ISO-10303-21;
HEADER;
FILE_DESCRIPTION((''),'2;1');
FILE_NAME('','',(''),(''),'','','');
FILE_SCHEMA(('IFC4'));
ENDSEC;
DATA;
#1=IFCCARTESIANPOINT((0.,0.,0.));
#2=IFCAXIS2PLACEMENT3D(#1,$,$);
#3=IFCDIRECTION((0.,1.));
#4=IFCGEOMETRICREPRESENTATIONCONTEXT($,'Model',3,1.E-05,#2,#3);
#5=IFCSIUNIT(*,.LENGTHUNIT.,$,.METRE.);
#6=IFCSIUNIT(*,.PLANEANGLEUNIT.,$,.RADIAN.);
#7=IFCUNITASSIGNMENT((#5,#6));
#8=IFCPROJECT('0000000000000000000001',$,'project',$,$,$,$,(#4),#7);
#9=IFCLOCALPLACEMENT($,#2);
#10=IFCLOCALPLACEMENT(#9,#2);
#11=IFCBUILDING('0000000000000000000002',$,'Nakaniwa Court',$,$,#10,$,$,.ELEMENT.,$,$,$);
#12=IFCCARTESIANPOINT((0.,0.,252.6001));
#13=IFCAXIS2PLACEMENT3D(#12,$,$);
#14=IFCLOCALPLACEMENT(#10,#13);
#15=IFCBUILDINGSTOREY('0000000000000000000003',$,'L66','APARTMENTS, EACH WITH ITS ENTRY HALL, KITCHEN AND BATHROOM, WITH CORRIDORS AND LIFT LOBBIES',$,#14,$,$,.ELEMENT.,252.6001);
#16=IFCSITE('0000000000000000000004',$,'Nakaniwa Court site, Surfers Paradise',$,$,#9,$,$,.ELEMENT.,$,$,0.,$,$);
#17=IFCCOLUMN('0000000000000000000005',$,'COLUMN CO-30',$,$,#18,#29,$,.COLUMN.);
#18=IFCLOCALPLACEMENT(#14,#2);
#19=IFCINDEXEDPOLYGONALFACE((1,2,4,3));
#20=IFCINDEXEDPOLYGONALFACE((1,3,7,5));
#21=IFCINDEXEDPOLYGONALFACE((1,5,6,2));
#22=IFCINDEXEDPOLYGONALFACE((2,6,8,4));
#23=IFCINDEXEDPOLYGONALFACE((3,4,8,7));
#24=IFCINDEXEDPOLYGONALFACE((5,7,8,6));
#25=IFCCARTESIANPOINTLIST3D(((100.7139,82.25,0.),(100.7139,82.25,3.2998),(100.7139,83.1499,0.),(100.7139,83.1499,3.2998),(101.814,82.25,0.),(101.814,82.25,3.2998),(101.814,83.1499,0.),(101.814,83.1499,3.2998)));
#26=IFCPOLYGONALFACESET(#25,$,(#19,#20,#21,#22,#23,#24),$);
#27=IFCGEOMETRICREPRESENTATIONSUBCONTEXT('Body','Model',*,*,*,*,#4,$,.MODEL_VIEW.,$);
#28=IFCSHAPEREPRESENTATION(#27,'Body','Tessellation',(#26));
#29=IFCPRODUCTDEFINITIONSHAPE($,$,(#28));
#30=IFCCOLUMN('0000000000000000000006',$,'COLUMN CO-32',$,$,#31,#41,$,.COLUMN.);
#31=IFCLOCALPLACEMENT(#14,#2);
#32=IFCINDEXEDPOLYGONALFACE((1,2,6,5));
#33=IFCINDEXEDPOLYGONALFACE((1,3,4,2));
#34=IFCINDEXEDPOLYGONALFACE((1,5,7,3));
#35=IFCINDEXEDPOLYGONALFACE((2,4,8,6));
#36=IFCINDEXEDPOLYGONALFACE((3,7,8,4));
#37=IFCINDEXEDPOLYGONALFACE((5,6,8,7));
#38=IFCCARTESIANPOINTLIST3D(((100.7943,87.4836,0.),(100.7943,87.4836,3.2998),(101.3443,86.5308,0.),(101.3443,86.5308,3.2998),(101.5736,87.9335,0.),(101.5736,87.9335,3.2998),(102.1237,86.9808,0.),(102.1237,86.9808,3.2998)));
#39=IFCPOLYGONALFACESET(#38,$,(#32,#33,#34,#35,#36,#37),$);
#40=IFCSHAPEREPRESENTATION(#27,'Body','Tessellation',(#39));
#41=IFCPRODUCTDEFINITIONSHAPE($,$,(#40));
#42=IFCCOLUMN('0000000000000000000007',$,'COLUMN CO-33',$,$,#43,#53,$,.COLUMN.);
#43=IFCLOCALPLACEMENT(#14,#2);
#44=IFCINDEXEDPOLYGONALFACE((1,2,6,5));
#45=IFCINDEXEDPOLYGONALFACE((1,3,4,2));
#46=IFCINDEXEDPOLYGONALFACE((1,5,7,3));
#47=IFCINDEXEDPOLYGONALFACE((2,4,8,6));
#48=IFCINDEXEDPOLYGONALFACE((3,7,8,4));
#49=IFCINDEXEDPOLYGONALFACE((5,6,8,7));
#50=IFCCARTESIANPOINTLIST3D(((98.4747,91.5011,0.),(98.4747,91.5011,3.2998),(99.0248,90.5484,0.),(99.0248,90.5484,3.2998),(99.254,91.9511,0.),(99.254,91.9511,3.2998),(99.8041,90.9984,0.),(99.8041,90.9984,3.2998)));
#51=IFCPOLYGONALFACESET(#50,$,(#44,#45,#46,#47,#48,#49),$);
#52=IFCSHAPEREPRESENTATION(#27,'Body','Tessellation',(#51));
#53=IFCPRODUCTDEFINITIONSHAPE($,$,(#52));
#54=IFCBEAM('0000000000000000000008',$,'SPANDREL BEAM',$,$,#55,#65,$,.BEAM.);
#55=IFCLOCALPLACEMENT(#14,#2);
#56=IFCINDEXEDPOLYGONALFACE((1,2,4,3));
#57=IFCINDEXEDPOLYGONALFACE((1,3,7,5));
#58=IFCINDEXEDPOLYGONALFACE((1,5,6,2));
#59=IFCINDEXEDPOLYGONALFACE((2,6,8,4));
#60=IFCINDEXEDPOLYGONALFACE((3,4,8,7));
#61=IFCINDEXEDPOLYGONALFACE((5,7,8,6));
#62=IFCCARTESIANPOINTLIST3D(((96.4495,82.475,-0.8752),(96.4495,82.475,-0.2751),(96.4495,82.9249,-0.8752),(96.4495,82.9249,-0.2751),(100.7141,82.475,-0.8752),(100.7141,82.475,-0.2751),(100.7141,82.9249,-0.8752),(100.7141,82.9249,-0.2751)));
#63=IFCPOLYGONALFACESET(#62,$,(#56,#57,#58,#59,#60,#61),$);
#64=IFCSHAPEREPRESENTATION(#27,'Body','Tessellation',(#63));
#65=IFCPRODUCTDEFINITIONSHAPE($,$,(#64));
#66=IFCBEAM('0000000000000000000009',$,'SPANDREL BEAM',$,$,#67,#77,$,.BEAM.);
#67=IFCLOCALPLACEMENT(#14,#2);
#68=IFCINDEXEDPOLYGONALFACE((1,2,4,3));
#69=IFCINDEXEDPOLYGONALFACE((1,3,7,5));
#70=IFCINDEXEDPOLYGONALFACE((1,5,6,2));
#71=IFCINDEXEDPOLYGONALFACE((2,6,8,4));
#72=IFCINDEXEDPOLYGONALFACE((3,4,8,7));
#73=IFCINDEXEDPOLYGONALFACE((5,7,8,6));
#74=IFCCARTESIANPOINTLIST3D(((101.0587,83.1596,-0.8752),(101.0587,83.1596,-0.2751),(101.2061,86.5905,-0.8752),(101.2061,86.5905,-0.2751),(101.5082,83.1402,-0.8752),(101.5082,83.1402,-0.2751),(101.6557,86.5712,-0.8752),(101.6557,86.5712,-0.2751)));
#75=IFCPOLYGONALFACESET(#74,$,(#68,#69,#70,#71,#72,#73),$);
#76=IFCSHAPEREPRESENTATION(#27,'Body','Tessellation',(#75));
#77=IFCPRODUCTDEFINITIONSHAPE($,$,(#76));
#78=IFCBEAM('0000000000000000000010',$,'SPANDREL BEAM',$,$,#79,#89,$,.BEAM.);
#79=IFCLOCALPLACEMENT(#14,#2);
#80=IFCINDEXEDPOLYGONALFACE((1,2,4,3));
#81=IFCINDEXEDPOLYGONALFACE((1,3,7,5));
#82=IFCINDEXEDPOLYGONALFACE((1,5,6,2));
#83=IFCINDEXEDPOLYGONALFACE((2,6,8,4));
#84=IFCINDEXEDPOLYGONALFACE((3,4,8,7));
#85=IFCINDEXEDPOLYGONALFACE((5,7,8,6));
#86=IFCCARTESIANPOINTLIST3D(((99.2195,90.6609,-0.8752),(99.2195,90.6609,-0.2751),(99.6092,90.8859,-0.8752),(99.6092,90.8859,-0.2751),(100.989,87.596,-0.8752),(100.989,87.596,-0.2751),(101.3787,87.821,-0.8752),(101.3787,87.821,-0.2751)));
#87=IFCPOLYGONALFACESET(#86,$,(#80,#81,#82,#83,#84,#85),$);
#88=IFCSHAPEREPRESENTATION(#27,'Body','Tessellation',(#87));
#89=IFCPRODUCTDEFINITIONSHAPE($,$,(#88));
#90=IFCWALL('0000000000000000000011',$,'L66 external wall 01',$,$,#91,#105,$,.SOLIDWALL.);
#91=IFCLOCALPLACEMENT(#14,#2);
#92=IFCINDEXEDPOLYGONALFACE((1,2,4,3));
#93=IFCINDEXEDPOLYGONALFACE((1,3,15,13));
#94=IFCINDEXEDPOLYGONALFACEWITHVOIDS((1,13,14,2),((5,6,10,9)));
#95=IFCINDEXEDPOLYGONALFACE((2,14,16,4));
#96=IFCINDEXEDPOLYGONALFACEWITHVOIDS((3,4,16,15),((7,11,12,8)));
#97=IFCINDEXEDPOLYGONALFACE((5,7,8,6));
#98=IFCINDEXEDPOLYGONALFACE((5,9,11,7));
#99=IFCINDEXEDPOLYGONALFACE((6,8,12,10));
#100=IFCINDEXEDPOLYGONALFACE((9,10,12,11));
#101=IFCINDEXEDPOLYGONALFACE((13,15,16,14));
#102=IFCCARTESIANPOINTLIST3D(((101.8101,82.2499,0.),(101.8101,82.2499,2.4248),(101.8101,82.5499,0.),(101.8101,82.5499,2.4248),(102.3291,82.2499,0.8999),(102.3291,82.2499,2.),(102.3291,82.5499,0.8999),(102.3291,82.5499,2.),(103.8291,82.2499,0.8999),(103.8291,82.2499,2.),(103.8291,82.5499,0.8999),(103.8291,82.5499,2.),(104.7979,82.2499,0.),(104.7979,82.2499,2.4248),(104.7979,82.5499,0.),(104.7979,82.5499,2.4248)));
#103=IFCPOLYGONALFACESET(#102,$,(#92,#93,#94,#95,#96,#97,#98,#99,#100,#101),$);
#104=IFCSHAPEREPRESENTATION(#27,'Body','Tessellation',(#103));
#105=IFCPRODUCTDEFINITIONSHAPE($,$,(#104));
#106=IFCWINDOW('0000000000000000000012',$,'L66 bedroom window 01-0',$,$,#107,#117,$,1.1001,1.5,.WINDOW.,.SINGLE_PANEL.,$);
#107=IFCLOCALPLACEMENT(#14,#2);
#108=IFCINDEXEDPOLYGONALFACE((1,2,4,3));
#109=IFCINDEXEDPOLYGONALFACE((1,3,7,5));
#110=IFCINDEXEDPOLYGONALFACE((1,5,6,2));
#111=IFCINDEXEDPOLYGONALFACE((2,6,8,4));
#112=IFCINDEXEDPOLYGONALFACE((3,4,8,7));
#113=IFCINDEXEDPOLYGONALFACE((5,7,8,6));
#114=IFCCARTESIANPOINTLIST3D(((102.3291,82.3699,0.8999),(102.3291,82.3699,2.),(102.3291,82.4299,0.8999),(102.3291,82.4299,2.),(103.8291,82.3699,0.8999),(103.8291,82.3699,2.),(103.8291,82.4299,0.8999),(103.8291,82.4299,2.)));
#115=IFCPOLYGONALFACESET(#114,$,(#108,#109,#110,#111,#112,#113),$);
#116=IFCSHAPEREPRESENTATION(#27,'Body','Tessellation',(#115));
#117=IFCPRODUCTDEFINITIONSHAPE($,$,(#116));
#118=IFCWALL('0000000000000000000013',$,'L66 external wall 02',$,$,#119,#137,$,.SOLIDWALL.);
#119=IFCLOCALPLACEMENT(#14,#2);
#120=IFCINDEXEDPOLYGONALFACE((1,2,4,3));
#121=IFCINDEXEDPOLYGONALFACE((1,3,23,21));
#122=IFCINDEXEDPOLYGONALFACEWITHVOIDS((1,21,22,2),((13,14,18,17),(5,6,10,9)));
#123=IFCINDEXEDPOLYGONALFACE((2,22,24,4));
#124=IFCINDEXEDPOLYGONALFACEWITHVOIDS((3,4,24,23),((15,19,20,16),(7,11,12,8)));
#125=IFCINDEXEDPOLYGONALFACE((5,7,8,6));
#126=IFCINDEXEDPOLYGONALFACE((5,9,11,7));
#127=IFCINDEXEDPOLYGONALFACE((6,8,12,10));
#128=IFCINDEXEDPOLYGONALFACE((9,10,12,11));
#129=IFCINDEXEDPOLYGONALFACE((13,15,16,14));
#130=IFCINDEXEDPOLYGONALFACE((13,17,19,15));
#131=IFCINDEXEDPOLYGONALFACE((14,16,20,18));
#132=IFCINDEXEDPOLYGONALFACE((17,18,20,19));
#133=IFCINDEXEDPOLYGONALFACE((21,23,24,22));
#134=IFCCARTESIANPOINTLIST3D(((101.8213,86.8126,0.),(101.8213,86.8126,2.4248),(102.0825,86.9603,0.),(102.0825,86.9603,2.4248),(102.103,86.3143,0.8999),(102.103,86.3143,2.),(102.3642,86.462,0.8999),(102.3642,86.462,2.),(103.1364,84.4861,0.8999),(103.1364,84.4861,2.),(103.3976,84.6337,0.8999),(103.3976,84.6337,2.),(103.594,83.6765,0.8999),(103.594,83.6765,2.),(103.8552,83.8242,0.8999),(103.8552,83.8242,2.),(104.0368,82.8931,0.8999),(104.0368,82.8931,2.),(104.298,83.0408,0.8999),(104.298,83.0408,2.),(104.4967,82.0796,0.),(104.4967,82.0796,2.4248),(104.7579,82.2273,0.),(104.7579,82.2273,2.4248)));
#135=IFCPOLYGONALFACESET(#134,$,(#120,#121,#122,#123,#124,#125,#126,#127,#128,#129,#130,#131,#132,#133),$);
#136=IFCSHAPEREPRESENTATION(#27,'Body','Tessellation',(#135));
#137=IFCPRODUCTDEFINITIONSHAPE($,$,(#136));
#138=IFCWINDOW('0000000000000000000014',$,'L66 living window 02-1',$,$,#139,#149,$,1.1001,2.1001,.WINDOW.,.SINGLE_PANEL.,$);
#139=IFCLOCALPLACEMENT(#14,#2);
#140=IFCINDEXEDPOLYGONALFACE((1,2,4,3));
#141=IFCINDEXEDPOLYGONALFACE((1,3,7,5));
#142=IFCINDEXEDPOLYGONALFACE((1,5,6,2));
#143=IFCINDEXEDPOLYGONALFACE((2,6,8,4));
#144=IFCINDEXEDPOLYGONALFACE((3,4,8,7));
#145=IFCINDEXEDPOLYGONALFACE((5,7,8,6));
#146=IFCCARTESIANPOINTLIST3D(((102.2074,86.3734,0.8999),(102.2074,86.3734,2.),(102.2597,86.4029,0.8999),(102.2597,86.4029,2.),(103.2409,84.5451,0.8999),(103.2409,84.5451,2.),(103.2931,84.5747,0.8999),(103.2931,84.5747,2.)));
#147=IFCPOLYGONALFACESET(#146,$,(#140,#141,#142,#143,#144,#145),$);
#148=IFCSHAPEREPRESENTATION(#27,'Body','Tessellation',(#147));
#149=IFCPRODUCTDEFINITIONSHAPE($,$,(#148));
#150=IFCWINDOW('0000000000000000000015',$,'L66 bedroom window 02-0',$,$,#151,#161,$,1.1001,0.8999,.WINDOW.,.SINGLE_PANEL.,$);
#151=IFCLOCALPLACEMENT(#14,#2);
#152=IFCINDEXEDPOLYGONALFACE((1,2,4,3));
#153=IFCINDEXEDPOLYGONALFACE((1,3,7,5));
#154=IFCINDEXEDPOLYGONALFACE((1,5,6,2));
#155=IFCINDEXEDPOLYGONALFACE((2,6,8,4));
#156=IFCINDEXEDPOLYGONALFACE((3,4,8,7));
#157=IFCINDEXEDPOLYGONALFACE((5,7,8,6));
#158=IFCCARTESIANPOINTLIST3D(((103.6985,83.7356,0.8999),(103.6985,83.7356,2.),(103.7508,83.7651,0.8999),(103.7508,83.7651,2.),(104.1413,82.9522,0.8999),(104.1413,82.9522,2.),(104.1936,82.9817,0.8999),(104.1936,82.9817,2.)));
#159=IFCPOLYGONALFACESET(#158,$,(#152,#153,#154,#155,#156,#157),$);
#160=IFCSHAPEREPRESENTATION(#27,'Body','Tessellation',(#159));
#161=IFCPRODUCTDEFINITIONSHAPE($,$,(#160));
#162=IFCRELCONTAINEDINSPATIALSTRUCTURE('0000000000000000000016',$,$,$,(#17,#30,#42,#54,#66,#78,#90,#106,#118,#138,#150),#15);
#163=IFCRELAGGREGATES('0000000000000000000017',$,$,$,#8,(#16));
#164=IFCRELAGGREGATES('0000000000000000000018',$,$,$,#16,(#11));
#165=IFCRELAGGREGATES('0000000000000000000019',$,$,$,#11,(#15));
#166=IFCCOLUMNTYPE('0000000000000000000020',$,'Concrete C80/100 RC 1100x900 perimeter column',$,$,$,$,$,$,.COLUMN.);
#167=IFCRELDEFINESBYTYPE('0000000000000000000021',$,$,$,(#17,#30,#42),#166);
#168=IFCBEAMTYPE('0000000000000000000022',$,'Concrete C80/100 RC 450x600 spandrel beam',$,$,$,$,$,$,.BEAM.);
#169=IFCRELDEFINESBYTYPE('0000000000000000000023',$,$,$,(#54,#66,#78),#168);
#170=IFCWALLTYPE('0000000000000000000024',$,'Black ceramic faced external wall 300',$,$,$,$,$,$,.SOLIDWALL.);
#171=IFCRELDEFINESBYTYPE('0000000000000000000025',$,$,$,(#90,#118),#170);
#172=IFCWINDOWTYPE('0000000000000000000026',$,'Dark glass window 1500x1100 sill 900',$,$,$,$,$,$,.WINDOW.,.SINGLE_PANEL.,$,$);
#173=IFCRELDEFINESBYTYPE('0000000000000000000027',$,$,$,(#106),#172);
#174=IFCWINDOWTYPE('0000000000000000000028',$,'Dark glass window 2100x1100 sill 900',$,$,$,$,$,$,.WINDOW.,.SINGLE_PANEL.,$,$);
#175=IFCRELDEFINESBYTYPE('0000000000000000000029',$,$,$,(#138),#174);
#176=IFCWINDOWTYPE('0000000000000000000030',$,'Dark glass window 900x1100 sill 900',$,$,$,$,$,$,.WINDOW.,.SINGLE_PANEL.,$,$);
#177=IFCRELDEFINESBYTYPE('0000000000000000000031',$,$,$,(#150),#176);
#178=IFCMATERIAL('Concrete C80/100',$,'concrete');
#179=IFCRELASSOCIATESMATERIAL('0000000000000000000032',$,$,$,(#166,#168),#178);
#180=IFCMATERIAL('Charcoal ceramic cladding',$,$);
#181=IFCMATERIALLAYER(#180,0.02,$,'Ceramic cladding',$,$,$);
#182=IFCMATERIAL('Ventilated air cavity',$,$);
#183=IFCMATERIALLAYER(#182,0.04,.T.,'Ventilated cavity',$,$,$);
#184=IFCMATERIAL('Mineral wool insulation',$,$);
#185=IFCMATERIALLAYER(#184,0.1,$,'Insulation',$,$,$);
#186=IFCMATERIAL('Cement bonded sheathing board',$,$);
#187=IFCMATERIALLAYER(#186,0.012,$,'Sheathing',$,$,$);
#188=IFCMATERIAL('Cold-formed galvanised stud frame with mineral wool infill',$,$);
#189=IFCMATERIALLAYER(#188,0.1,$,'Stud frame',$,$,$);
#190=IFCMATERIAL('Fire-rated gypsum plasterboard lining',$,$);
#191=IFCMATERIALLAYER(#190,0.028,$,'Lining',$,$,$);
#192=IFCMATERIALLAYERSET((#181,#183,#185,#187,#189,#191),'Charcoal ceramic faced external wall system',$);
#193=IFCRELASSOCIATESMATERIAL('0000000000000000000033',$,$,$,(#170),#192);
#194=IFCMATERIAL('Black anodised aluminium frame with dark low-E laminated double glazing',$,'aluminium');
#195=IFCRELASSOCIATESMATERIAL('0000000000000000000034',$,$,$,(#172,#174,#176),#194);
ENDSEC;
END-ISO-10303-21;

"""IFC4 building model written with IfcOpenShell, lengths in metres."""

from ifc_helpers import new_model, si_unit, direction, frame, frame_2d, origin, origin_2d, place, context, subcontext, project, spatial, rectangle, extrude, material, layer, layer_set, material_profile, profile_set, type_object, element, fill, save


model = new_model("IFC4")

# Units and contexts
model_context = context("Model", 3, precision=1e-05, world=origin(), true_north=direction((0.0, 1.0)))
body_context = subcontext(model_context, "Body", "Model", "MODEL_VIEW")
ifc_project = project(units=[si_unit("LENGTHUNIT", "METRE"), si_unit("PLANEANGLEUNIT", "RADIAN")], contexts=[model_context])

# Site, building, storey
site_placement = place(None, origin())
site = spatial("IfcSite", under=ifc_project, at=site_placement, Name="Nakaniwa Court site, Surfers Paradise", CompositionType="ELEMENT", RefElevation=0.0)
building_placement = place(site_placement, origin())
building = spatial("IfcBuilding", under=site, at=building_placement, Name="Nakaniwa Court", CompositionType="ELEMENT")
storey_placement = place(building_placement, frame((0.0, 0.0, 252.6001)))
storey = spatial("IfcBuildingStorey", under=building, at=storey_placement, Name="L66", Description="APARTMENTS, EACH WITH ITS ENTRY HALL, KITCHEN AND BATHROOM, WITH CORRIDORS AND LIFT LOBBIES", CompositionType="ELEMENT", Elevation=252.6001)

# Columns
ifc_material_1 = material(Name="Concrete C80/100", Category="concrete")
ifc_material_profile_1 = material_profile(ifc_material_1, rectangle(XDim=1.1001, YDim=0.8999, at=origin_2d()), Name="Concrete C80/100 RC 1100x900 perimeter column")
ifc_profile_set_1 = profile_set([ifc_material_profile_1], Name="Concrete C80/100")
column_type = type_object("IfcColumnType", Name="Concrete C80/100 RC 1100x900 perimeter column", PredefinedType="COLUMN", material=ifc_profile_set_1)
for number, where, z_axis, x_axis, name in (
    (1, (101.2639, 82.7, 0.0), (0.0, 0.0, 1.0), (1.0, 0.0, 0.0), "COLUMN CO-30"),
    (2, (101.459, 87.2322, 0.0), (0.0, 0.0, 1.0), (-0.5, 0.866025, 0.0), "COLUMN CO-32"),
    (3, (99.1394, 91.2498, 0.0), (0.0, 0.0, 1.0), (-0.5, 0.866025, 0.0), "COLUMN CO-33"),
):
    element("IfcColumn", number, at=place(storey_placement, frame(where, z_axis=z_axis, x_axis=x_axis)), inside=storey, type_object=column_type, Name=name, PredefinedType="COLUMN", context=body_context, shape_type="SweptSolid", body=[
        extrude(rectangle(XDim=1.1001, YDim=0.8999, at=origin_2d()), origin(), (0.0, 0.0, 1.0), 3.2998),
    ])

# Beams
ifc_material_profile_2 = material_profile(ifc_material_1, rectangle(XDim=0.45, YDim=0.6001, at=origin_2d()), Name="Concrete C80/100 RC 450x600 spandrel beam")
ifc_profile_set_2 = profile_set([ifc_material_profile_2], Name="Concrete C80/100")
beam_type = type_object("IfcBeamType", Name="Concrete C80/100 RC 450x600 spandrel beam", PredefinedType="BEAM", material=ifc_profile_set_2)
beam_1_placement = place(storey_placement, frame((96.4495, 82.7, -0.5752), z_axis=(1.0, 0.0, 0.0), x_axis=(0.0, 1.0, 0.0)))
element("IfcBeam", 4, at=beam_1_placement, inside=storey, type_object=beam_type, Name="SPANDREL BEAM", PredefinedType="BEAM", context=body_context, shape_type="SweptSolid", body=[
    extrude(rectangle(XDim=0.45, YDim=0.6001, at=origin_2d()), origin(), (0.0, 0.0, 1.0), 4.2646),
])
beam_2_placement = place(storey_placement, frame((101.2834, 83.1499, -0.5752), z_axis=(0.042941, 0.999078, 0.0), x_axis=(-0.999078, 0.042941, 0.0)))
element("IfcBeam", 5, at=beam_2_placement, inside=storey, type_object=beam_type, Name="SPANDREL BEAM", PredefinedType="BEAM", context=body_context, shape_type="SweptSolid", body=[
    extrude(rectangle(XDim=0.45, YDim=0.6001, at=origin_2d()), origin(), (0.0, 0.0, 1.0), 3.4341),
])
beam_3_placement = place(storey_placement, frame((101.1838, 87.7085, -0.5752), z_axis=(-0.499997, 0.866027, 0.0), x_axis=(-0.866027, -0.499997, 0.0)))
element("IfcBeam", 6, at=beam_3_placement, inside=storey, type_object=beam_type, Name="SPANDREL BEAM", PredefinedType="BEAM", context=body_context, shape_type="SweptSolid", body=[
    extrude(rectangle(XDim=0.45, YDim=0.6001, at=origin_2d()), origin(), (0.0, 0.0, 1.0), 3.5391),
])

# Wall, opening, window
ifc_material_2 = material(Name="Charcoal ceramic cladding")
ifc_layer_1 = layer(ifc_material_2, 0.02, Name="Ceramic cladding")
ifc_material_3 = material(Name="Ventilated air cavity")
ifc_layer_2 = layer(ifc_material_3, 0.04, ventilated=True, Name="Ventilated cavity")
ifc_material_4 = material(Name="Mineral wool insulation")
ifc_layer_3 = layer(ifc_material_4, 0.1, Name="Insulation")
ifc_material_5 = material(Name="Cement bonded sheathing board")
ifc_layer_4 = layer(ifc_material_5, 0.012, Name="Sheathing")
ifc_material_6 = material(Name="Cold-formed galvanised stud frame with mineral wool infill")
ifc_layer_5 = layer(ifc_material_6, 0.1, Name="Stud frame")
ifc_material_7 = material(Name="Fire-rated gypsum plasterboard lining")
ifc_layer_6 = layer(ifc_material_7, 0.028, Name="Lining")
ifc_layer_set = layer_set([ifc_layer_1, ifc_layer_2, ifc_layer_3, ifc_layer_4, ifc_layer_5, ifc_layer_6], Name="Charcoal ceramic faced external wall system")
wall_type = type_object("IfcWallType", Name="Black ceramic faced external wall 300", PredefinedType="SOLIDWALL", material=ifc_layer_set)
wall_1_placement = place(storey_placement, frame((101.8101, 82.3999, 0.0), z_axis=(0.0, 0.0, 1.0), x_axis=(1.0, 0.0, 0.0)))
wall_1 = element("IfcWall", 7, at=wall_1_placement, inside=storey, type_object=wall_type, Name="L66 external wall 01", PredefinedType="SOLIDWALL", context=body_context, shape_type="SweptSolid", body=[
    extrude(rectangle(XDim=2.9878, YDim=0.3, at=frame_2d((1.4939, 0.0))), origin(), (0.0, 0.0, 1.0), 2.4248),
])
opening_1_placement = place(wall_1_placement, frame((0.519, 0.0, 0.8999)))
opening_1 = element("IfcOpeningElement", 8, at=opening_1_placement, cuts=wall_1, PredefinedType="OPENING", context=body_context, shape_type="SweptSolid", body=[
    extrude(rectangle(XDim=1.5, YDim=1.1001, at=frame_2d((0.75, 0.55))), frame((0.0, 0.1599, 0.0), z_axis=(0.0, -1.0, 0.0), x_axis=(1.0, 0.0, 0.0)), (0.0, 0.0, 1.0), 0.3201),
])
ifc_material_8 = material(Name="Black anodised aluminium frame with dark low-E laminated double glazing", Category="aluminium")
window_type_1 = type_object("IfcWindowType", Name="Dark glass window 1500x1100 sill 900", PartitioningType="SINGLE_PANEL", PredefinedType="WINDOW", material=ifc_material_8)
window_1_placement = place(opening_1_placement, origin())
window_1 = element("IfcWindow", 9, at=window_1_placement, inside=storey, type_object=window_type_1, Name="L66 bedroom window 01-0", OverallHeight=1.1001, OverallWidth=1.5, PartitioningType="SINGLE_PANEL", PredefinedType="WINDOW", context=body_context, shape_type="SweptSolid", body=[
    extrude(rectangle(XDim=1.5, YDim=1.1001, at=frame_2d((0.75, 0.55))), frame((0.0, 0.03, 0.0), z_axis=(0.0, -1.0, 0.0), x_axis=(1.0, 0.0, 0.0)), (0.0, 0.0, 1.0), 0.0601),
])
fill(opening_1, window_1)

# Wall, openings, windows
wall_2_placement = place(storey_placement, frame((104.6272, 82.1536, 0.0), z_axis=(0.0, 0.0, 1.0), x_axis=(-0.492081, 0.870549, 0.0)))
wall_2 = element("IfcWall", 10, at=wall_2_placement, inside=storey, type_object=wall_type, Name="L66 external wall 02", PredefinedType="SOLIDWALL", context=body_context, shape_type="SweptSolid", body=[
    extrude(rectangle(XDim=5.4368, YDim=0.3, at=frame_2d((2.7183, 0.0))), origin(), (0.0, 0.0, 1.0), 2.4248),
])
opening_2_placement = place(wall_2_placement, frame((0.9343, 0.0, 0.8999)))
opening_2 = element("IfcOpeningElement", 11, at=opening_2_placement, cuts=wall_2, PredefinedType="OPENING", context=body_context, shape_type="SweptSolid", body=[
    extrude(rectangle(XDim=0.8999, YDim=1.1001, at=frame_2d((0.45, 0.55))), frame((0.0, 0.1599, 0.0), z_axis=(0.0, -1.0, 0.0), x_axis=(1.0, 0.0, 0.0)), (0.0, 0.0, 1.0), 0.3201),
])
opening_3_placement = place(wall_2_placement, frame((2.7642, 0.0, 0.8999)))
opening_3 = element("IfcOpeningElement", 12, at=opening_3_placement, cuts=wall_2, PredefinedType="OPENING", context=body_context, shape_type="SweptSolid", body=[
    extrude(rectangle(XDim=2.1001, YDim=1.1001, at=frame_2d((1.05, 0.55))), frame((0.0, 0.1599, 0.0), z_axis=(0.0, -1.0, 0.0), x_axis=(1.0, 0.0, 0.0)), (0.0, 0.0, 1.0), 0.3201),
])
window_type_2 = type_object("IfcWindowType", Name="Dark glass window 2100x1100 sill 900", PartitioningType="SINGLE_PANEL", PredefinedType="WINDOW", material=ifc_material_8)
window_2_placement = place(opening_3_placement, origin())
window_2 = element("IfcWindow", 13, at=window_2_placement, inside=storey, type_object=window_type_2, Name="L66 living window 02-1", OverallHeight=1.1001, OverallWidth=2.1001, PartitioningType="SINGLE_PANEL", PredefinedType="WINDOW", context=body_context, shape_type="SweptSolid", body=[
    extrude(rectangle(XDim=2.1001, YDim=1.1001, at=frame_2d((1.05, 0.55))), frame((0.0, 0.03, 0.0), z_axis=(0.0, -1.0, 0.0), x_axis=(1.0, 0.0, 0.0)), (0.0, 0.0, 1.0), 0.0601),
])
fill(opening_3, window_2)
window_type_3 = type_object("IfcWindowType", Name="Dark glass window 900x1100 sill 900", PartitioningType="SINGLE_PANEL", PredefinedType="WINDOW", material=ifc_material_8)
window_3_placement = place(opening_2_placement, origin())
window_3 = element("IfcWindow", 14, at=window_3_placement, inside=storey, type_object=window_type_3, Name="L66 bedroom window 02-0", OverallHeight=1.1001, OverallWidth=0.8999, PartitioningType="SINGLE_PANEL", PredefinedType="WINDOW", context=body_context, shape_type="SweptSolid", body=[
    extrude(rectangle(XDim=0.8999, YDim=1.1001, at=frame_2d((0.45, 0.55))), frame((0.0, 0.03, 0.0), z_axis=(0.0, -1.0, 0.0), x_axis=(1.0, 0.0, 0.0)), (0.0, 0.0, 1.0), 0.0601),
])
fill(opening_2, window_3)

save(model, "model.ifc")
